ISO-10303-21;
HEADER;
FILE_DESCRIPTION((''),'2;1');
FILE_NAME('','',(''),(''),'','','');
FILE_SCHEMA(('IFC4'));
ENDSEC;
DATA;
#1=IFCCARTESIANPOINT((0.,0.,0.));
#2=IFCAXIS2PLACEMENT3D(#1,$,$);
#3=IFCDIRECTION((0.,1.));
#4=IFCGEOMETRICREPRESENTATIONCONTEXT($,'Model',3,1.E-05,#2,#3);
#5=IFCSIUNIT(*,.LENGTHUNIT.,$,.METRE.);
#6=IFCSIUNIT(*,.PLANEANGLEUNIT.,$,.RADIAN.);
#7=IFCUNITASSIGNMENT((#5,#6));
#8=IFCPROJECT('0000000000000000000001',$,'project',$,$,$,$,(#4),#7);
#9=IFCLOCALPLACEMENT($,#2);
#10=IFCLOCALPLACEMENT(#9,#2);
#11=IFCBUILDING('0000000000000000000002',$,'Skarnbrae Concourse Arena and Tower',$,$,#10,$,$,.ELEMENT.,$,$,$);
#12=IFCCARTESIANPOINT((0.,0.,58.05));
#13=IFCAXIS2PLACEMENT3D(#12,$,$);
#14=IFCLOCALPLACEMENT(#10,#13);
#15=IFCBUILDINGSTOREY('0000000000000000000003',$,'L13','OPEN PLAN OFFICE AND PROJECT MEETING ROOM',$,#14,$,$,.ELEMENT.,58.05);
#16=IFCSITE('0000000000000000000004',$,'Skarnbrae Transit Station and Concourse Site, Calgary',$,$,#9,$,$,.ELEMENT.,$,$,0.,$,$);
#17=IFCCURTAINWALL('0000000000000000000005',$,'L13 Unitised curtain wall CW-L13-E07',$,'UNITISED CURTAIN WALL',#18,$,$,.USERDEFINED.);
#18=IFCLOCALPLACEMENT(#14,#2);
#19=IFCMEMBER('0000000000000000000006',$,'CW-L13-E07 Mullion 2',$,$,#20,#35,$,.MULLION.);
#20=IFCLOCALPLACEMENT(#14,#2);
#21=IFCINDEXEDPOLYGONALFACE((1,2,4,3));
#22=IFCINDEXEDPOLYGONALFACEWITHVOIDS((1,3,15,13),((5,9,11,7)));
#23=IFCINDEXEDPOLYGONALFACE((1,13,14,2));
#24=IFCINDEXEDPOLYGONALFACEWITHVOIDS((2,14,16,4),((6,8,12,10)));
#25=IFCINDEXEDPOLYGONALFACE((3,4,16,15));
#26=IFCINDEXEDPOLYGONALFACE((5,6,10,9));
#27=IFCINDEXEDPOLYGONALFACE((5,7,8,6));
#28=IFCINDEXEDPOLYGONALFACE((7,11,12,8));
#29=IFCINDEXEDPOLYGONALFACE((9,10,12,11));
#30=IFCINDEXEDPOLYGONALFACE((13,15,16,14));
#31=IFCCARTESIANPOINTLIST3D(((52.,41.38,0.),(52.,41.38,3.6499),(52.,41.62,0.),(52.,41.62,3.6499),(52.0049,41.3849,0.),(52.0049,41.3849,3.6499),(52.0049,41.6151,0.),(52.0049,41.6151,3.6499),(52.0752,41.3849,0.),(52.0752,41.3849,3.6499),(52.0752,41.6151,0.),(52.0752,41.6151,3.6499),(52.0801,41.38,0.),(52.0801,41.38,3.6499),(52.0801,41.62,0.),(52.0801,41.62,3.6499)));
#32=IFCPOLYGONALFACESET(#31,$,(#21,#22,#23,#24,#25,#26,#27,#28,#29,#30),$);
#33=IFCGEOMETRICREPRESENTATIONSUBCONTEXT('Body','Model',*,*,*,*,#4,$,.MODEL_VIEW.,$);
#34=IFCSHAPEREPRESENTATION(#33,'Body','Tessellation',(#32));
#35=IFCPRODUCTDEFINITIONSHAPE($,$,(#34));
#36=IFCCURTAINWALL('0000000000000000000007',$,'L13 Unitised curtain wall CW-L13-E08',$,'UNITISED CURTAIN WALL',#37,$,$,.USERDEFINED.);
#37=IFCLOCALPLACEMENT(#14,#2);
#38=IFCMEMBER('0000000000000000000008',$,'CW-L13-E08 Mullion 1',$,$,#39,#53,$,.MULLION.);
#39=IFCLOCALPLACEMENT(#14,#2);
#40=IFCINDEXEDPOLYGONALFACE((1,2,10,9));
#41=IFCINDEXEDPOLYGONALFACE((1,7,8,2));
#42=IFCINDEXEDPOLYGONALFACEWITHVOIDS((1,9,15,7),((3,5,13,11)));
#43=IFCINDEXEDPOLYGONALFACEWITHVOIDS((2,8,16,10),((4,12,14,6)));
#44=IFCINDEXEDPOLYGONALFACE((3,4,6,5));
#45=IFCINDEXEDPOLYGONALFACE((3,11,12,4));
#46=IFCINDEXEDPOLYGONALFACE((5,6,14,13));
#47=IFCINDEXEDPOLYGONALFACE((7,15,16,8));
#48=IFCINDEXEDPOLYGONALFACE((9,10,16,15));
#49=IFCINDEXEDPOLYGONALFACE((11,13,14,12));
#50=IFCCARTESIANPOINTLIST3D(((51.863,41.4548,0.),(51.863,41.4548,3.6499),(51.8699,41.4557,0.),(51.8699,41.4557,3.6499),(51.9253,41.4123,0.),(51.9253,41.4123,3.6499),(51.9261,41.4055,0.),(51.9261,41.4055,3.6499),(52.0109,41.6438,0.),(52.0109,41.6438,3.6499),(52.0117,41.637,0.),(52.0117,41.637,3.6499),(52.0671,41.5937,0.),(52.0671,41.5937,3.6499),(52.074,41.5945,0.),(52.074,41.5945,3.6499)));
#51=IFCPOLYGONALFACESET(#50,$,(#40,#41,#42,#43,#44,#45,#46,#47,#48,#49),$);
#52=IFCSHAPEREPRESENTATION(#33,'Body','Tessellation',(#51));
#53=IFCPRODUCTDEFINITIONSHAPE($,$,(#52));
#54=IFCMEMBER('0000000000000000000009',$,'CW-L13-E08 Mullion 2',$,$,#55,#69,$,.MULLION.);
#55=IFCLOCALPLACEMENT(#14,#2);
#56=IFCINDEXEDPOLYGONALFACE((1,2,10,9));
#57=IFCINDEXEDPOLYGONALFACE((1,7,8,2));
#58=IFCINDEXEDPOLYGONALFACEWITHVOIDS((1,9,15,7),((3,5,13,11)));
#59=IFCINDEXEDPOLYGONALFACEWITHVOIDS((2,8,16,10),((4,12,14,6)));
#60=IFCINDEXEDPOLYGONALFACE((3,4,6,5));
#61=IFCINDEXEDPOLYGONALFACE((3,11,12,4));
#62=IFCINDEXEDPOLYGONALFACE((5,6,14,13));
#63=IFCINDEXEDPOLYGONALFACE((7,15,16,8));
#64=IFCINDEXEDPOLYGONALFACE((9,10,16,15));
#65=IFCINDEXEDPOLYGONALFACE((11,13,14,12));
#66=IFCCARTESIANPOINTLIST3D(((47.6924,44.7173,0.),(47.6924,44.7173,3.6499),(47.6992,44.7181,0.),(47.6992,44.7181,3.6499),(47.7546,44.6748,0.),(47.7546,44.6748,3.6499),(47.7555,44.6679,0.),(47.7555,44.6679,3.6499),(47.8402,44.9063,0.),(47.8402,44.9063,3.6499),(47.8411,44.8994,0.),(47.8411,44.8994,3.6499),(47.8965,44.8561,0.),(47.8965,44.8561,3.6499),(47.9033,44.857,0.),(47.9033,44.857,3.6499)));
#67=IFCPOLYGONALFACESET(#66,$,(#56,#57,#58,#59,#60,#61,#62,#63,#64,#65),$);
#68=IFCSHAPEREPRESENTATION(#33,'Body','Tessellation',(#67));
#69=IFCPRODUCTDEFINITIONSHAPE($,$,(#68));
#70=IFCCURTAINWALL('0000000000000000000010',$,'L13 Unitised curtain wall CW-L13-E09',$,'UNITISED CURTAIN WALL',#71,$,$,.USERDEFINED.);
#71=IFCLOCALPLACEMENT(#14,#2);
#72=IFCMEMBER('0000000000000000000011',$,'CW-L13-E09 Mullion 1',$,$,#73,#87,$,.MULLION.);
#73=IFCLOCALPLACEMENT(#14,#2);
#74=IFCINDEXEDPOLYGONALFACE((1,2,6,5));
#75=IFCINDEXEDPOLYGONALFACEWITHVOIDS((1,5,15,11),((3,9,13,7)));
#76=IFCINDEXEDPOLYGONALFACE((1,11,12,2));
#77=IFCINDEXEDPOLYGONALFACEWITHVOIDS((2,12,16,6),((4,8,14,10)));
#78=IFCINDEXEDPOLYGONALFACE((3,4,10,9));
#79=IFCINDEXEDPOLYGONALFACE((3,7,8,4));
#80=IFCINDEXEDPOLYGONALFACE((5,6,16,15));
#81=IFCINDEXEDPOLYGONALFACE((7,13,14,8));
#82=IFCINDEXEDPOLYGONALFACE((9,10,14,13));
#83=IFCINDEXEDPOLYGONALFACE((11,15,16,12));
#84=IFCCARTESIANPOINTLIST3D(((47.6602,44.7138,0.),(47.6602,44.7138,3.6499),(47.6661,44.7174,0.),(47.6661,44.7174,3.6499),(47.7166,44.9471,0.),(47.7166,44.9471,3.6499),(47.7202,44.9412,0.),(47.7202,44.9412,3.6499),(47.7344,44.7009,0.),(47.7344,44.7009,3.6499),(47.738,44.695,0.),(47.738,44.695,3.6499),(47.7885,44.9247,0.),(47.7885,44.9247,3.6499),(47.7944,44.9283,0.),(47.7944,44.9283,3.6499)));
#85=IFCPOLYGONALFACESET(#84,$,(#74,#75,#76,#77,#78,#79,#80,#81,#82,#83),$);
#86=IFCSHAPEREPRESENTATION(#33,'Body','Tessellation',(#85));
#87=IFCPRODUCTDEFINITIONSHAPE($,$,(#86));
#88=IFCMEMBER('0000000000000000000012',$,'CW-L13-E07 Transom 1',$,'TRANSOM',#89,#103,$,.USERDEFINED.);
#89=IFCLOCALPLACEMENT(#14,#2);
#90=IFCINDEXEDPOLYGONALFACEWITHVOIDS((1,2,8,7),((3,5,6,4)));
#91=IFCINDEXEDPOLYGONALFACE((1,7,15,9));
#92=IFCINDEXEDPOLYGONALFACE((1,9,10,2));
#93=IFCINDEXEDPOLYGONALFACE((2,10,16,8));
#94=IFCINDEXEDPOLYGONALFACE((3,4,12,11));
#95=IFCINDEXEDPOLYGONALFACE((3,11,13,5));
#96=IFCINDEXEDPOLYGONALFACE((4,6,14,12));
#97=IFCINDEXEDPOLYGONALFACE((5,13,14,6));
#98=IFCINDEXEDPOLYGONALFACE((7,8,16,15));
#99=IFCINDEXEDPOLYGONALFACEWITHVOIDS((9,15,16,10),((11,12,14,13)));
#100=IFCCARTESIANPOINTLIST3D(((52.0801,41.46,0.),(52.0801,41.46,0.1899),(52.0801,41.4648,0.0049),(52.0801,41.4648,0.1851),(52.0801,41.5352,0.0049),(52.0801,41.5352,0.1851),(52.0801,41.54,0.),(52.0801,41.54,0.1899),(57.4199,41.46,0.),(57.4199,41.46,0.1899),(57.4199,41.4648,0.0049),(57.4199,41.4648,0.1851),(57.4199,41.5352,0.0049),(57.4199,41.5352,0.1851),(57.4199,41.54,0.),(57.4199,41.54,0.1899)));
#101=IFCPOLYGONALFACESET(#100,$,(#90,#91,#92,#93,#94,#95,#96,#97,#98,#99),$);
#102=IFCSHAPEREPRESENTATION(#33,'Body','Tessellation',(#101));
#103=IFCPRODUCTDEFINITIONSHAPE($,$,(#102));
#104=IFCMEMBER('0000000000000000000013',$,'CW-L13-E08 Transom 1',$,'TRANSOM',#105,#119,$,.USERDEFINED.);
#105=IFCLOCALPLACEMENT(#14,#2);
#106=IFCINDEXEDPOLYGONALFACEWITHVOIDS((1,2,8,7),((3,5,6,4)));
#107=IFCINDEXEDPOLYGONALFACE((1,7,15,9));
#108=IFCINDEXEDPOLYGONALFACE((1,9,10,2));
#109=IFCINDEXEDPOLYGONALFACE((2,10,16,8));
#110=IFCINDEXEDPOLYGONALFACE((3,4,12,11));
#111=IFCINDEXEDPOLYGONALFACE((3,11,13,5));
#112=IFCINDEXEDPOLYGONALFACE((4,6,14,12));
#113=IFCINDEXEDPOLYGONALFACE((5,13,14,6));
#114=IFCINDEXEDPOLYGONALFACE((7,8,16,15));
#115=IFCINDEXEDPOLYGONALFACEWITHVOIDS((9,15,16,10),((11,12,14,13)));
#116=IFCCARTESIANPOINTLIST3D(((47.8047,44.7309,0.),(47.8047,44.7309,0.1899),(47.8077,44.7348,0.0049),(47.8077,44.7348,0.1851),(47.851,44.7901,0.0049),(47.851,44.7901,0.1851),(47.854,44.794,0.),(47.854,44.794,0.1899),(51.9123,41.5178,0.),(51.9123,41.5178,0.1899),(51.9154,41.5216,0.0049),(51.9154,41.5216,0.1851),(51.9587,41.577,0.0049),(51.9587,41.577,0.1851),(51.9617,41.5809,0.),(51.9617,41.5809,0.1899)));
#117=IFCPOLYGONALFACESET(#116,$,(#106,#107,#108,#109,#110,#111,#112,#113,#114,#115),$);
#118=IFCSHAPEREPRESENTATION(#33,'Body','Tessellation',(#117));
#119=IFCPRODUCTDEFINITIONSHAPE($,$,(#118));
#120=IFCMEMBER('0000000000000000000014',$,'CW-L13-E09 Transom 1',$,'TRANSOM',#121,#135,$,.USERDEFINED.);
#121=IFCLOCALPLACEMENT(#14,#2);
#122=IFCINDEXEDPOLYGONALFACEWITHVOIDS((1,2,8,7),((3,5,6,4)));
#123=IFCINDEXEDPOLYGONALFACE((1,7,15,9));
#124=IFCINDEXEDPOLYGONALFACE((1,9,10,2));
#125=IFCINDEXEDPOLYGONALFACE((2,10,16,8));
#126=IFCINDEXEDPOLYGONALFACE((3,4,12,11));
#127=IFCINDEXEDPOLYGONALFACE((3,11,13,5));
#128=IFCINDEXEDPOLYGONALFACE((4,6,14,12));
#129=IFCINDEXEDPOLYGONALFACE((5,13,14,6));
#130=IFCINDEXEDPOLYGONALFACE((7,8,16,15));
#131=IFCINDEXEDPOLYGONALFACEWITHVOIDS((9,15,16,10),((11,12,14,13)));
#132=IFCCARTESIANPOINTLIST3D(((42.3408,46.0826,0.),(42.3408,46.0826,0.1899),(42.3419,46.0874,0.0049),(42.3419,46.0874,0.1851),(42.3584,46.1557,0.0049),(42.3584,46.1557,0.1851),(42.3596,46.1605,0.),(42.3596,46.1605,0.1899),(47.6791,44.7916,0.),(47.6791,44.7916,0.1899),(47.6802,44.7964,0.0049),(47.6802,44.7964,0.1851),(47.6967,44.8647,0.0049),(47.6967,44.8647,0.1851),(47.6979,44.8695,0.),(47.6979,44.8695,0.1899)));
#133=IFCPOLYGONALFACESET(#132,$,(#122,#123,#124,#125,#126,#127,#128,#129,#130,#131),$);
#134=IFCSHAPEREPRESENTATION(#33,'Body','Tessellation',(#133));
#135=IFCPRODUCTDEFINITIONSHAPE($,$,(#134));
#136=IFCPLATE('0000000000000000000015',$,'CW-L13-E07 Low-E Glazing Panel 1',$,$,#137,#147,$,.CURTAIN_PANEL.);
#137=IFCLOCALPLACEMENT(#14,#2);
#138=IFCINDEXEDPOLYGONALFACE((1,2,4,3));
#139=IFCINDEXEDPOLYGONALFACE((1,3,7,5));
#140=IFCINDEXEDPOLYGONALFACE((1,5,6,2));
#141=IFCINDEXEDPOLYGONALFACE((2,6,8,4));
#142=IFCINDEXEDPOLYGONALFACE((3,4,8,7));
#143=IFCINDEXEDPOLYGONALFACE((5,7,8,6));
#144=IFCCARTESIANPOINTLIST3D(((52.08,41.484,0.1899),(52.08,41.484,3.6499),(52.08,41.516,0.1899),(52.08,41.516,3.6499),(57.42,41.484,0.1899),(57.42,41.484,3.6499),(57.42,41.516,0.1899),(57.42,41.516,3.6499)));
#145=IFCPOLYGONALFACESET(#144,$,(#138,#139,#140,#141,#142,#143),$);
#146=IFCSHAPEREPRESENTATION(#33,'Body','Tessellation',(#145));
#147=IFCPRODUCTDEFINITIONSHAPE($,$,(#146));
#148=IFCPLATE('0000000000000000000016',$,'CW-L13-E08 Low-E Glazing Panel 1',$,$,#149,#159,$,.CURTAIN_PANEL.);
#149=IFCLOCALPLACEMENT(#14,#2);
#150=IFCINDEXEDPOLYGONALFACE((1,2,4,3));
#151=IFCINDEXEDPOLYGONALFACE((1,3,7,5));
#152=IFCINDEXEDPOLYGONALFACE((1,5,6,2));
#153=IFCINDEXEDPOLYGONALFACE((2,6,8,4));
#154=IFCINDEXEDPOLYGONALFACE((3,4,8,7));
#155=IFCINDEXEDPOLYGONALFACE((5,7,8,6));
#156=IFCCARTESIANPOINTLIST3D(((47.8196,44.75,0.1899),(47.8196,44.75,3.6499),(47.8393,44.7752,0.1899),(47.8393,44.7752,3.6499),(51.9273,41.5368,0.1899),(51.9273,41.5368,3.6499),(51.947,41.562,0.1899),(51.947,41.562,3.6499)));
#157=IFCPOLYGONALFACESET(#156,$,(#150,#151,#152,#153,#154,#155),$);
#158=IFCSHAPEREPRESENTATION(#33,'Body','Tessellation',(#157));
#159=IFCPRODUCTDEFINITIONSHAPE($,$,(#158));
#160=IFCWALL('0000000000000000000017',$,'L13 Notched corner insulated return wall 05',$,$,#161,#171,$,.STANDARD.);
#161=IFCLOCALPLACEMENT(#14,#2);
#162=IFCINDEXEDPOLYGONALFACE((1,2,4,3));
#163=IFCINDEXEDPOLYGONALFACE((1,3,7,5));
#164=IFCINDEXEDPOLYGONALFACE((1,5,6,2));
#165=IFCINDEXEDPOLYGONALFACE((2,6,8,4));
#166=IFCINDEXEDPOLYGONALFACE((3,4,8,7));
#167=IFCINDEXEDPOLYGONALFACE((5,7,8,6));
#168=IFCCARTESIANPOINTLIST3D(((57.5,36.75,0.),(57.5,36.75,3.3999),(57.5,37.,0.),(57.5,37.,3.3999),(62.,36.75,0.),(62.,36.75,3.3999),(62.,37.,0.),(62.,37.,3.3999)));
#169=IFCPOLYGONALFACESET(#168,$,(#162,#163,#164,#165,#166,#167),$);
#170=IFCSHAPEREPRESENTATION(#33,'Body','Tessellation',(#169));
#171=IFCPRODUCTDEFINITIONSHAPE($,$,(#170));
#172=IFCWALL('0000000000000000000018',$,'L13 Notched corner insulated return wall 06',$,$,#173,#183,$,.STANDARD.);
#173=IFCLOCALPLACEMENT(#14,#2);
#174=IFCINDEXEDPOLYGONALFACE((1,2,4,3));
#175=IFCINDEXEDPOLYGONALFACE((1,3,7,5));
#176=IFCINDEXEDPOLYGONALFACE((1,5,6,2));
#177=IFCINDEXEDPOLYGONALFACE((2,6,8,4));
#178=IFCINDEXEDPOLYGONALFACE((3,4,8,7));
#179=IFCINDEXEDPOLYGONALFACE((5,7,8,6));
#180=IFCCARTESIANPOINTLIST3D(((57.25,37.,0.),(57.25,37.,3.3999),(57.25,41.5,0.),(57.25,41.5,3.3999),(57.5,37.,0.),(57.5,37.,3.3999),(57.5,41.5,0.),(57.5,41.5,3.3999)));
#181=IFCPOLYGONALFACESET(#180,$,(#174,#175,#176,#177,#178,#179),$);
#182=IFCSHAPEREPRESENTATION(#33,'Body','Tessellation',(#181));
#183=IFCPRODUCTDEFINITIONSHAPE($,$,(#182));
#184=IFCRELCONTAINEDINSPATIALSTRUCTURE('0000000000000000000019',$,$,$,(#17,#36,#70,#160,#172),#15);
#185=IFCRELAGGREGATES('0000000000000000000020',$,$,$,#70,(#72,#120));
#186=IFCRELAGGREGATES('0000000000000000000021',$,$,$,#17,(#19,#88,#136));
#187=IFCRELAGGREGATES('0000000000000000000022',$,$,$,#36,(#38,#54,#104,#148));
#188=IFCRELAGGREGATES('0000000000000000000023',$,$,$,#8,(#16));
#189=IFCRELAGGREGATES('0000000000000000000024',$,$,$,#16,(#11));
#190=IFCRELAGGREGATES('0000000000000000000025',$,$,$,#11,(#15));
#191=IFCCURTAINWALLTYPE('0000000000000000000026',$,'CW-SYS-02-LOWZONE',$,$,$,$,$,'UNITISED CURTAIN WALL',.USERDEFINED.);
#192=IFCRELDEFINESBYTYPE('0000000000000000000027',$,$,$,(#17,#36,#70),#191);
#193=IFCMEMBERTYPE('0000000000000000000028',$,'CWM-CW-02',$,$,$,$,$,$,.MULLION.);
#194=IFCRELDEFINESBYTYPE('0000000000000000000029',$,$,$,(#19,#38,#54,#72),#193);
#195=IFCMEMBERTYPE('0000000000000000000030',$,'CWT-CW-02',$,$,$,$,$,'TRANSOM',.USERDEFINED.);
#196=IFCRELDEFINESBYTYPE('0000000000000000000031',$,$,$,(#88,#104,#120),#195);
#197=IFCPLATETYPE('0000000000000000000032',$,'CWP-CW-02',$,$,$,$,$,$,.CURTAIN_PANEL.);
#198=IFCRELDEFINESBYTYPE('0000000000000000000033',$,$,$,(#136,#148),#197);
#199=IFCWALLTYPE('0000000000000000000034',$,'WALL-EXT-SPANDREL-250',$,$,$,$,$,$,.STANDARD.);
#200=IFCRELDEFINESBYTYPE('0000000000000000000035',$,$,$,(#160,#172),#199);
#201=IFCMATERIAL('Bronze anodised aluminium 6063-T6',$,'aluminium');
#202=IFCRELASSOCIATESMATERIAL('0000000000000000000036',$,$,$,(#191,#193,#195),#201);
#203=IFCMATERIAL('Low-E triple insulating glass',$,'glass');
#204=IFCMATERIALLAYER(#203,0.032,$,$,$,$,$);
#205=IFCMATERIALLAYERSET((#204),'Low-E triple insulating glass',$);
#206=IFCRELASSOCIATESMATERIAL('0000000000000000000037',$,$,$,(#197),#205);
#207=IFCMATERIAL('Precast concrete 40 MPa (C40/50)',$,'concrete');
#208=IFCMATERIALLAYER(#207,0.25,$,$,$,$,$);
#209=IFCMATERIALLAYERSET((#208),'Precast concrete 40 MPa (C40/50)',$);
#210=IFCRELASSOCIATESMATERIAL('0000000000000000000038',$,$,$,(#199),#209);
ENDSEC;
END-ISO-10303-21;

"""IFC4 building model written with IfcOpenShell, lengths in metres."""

from ifc_helpers import new_model, si_unit, direction, frame, frame_2d, origin, origin_2d, place, context, subcontext, project, spatial, rectangle, hollow_rectangle, extrude, source, transform, mapped, material, layer, layer_set, material_profile, profile_set, type_object, element, aggregate, save


model = new_model("IFC4")

# Units and contexts
model_context = context("Model", 3, precision=1e-05, world=origin(), true_north=direction((0.0, 1.0)))
body_context = subcontext(model_context, "Body", "Model", "MODEL_VIEW")
ifc_project = project(units=[si_unit("LENGTHUNIT", "METRE"), si_unit("PLANEANGLEUNIT", "RADIAN")], contexts=[model_context])

# Site, building, storey
site_placement = place(None, origin())
site = spatial("IfcSite", under=ifc_project, at=site_placement, Name="Skarnbrae Transit Station and Concourse Site, Calgary", CompositionType="ELEMENT", RefElevation=0.0)
building_placement = place(site_placement, origin())
building = spatial("IfcBuilding", under=site, at=building_placement, Name="Skarnbrae Concourse Arena and Tower", CompositionType="ELEMENT")
storey_placement = place(building_placement, frame((0.0, 0.0, 58.05)))
storey = spatial("IfcBuildingStorey", under=building, at=storey_placement, Name="L13", Description="OPEN PLAN OFFICE AND PROJECT MEETING ROOM", CompositionType="ELEMENT", Elevation=58.05)

# Shared definitions
ifc_material_1 = material(Name="Bronze anodised aluminium 6063-T6", Category="aluminium")
curtain_wall_type = type_object("IfcCurtainWallType", Name="CW-SYS-02-LOWZONE", ElementType="UNITISED CURTAIN WALL", PredefinedType="USERDEFINED", material=ifc_material_1)
ifc_material_profile_1 = material_profile(ifc_material_1, hollow_rectangle(XDim=0.0801, YDim=0.24, WallThickness=0.0049, at=origin_2d()), Name="ALU-MULL-80X240")
ifc_profile_set_1 = profile_set([ifc_material_profile_1], Name="Bronze anodised aluminium 6063-T6")
member_type_1 = type_object("IfcMemberType", Name="CWM-CW-02", PredefinedType="MULLION", material=ifc_profile_set_1)
shared_shape_1 = source(origin(), body_context, "Body", "SweptSolid", [
    extrude(hollow_rectangle(XDim=0.0801, YDim=0.24, WallThickness=0.0049, at=origin_2d()), origin(), (0.0, 0.0, 1.0), 3.6499),
])

# Curtain walls, members
curtain_wall_1_placement = place(storey_placement, origin())
curtain_wall_1 = element("IfcCurtainWall", 1, at=curtain_wall_1_placement, inside=storey, type_object=curtain_wall_type, Name="L13 Unitised curtain wall CW-L13-E07", ObjectType="UNITISED CURTAIN WALL", PredefinedType="USERDEFINED")
member_1_placement = place(storey_placement, frame((52.04, 41.5, 0.0), z_axis=(0.0, 0.0, 1.0), x_axis=(-1.0, 0.0, 0.0)))
member_1 = element("IfcMember", 2, at=member_1_placement, type_object=member_type_1, Name="CW-L13-E07 Mullion 2", PredefinedType="MULLION", context=body_context, shape_type="MappedRepresentation", body=[
    mapped(shared_shape_1, transform((0.0, 0.0, 0.0))),
])
curtain_wall_2_placement = place(storey_placement, origin())
curtain_wall_2 = element("IfcCurtainWall", 3, at=curtain_wall_2_placement, inside=storey, type_object=curtain_wall_type, Name="L13 Unitised curtain wall CW-L13-E08", ObjectType="UNITISED CURTAIN WALL", PredefinedType="USERDEFINED")
member_2_placement = place(storey_placement, frame((51.9685, 41.5247, 0.0), z_axis=(0.0, 0.0, 1.0), x_axis=(-0.787652, 0.616121, 0.0)))
member_2 = element("IfcMember", 4, at=member_2_placement, type_object=member_type_1, Name="CW-L13-E08 Mullion 1", PredefinedType="MULLION", context=body_context, shape_type="MappedRepresentation", body=[
    mapped(shared_shape_1, transform((0.0, 0.0, 0.0))),
])
member_3_placement = place(storey_placement, frame((47.7979, 44.7871, 0.0), z_axis=(0.0, 0.0, 1.0), x_axis=(-0.787652, 0.616121, 0.0)))
member_3 = element("IfcMember", 5, at=member_3_placement, type_object=member_type_1, Name="CW-L13-E08 Mullion 2", PredefinedType="MULLION", context=body_context, shape_type="MappedRepresentation", body=[
    mapped(shared_shape_1, transform((0.0, 0.0, 0.0))),
])

# Curtain wall, member
curtain_wall_3_placement = place(storey_placement, origin())
curtain_wall_3 = element("IfcCurtainWall", 6, at=curtain_wall_3_placement, inside=storey, type_object=curtain_wall_type, Name="L13 Unitised curtain wall CW-L13-E09", ObjectType="UNITISED CURTAIN WALL", PredefinedType="USERDEFINED")
member_4_placement = place(storey_placement, frame((47.7273, 44.821, 0.0), z_axis=(0.0, 0.0, 1.0), x_axis=(-0.971974, 0.23509, 0.0)))
member_4 = element("IfcMember", 7, at=member_4_placement, type_object=member_type_1, Name="CW-L13-E09 Mullion 1", PredefinedType="MULLION", context=body_context, shape_type="MappedRepresentation", body=[
    mapped(shared_shape_1, transform((0.0, 0.0, 0.0))),
])

# Members
ifc_material_profile_2 = material_profile(ifc_material_1, hollow_rectangle(XDim=0.0801, YDim=0.1899, WallThickness=0.0049, at=origin_2d()), Name="ALU-TRAN-80X190")
ifc_profile_set_2 = profile_set([ifc_material_profile_2], Name="Bronze anodised aluminium 6063-T6")
member_type_2 = type_object("IfcMemberType", Name="CWT-CW-02", ElementType="TRANSOM", PredefinedType="USERDEFINED", material=ifc_profile_set_2)
shared_shape_2 = source(origin(), body_context, "Body", "SweptSolid", [
    extrude(hollow_rectangle(XDim=0.0801, YDim=0.1899, WallThickness=0.0049, at=origin_2d()), origin(), (0.0, 0.0, 1.0), 5.3398),
])
member_5_placement = place(storey_placement, frame((57.4199, 41.5, 0.095), z_axis=(-1.0, 0.0, 0.0), x_axis=(0.0, -1.0, 0.0)))
member_5 = element("IfcMember", 8, at=member_5_placement, type_object=member_type_2, Name="CW-L13-E07 Transom 1", ObjectType="TRANSOM", PredefinedType="USERDEFINED", context=body_context, shape_type="MappedRepresentation", body=[
    mapped(shared_shape_2, transform((0.0, 0.0, 0.0))),
])
shared_shape_3 = source(origin(), body_context, "Body", "SweptSolid", [
    extrude(hollow_rectangle(XDim=0.0801, YDim=0.1899, WallThickness=0.0049, at=origin_2d()), origin(), (0.0, 0.0, 1.0), 5.2151),
])
member_6_placement = place(storey_placement, frame((51.937, 41.5493, 0.095), z_axis=(-0.78765, 0.616123, 0.0), x_axis=(-0.616123, -0.78765, 0.0)))
member_6 = element("IfcMember", 9, at=member_6_placement, type_object=member_type_2, Name="CW-L13-E08 Transom 1", ObjectType="TRANSOM", PredefinedType="USERDEFINED", context=body_context, shape_type="MappedRepresentation", body=[
    mapped(shared_shape_3, transform((0.0, 0.0, 0.0))),
])
shared_shape_4 = source(origin(), body_context, "Body", "SweptSolid", [
    extrude(hollow_rectangle(XDim=0.0801, YDim=0.1899, WallThickness=0.0049, at=origin_2d()), origin(), (0.0, 0.0, 1.0), 5.4922),
])
member_7_placement = place(storey_placement, frame((47.6885, 44.8306, 0.095), z_axis=(-0.971981, 0.235061, 0.0), x_axis=(-0.235061, -0.971981, 0.0)))
member_7 = element("IfcMember", 10, at=member_7_placement, type_object=member_type_2, Name="CW-L13-E09 Transom 1", ObjectType="TRANSOM", PredefinedType="USERDEFINED", context=body_context, shape_type="MappedRepresentation", body=[
    mapped(shared_shape_4, transform((0.0, 0.0, 0.0))),
])
aggregate(curtain_wall_3, [member_4, member_7])

# Plates
ifc_material_2 = material(Name="Low-E triple insulating glass", Category="glass")
ifc_layer_1 = layer(ifc_material_2, 0.032)
ifc_layer_set_1 = layer_set([ifc_layer_1], Name="Low-E triple insulating glass")
plate_type = type_object("IfcPlateType", Name="CWP-CW-02", PredefinedType="CURTAIN_PANEL", material=ifc_layer_set_1)
shared_shape_5 = source(origin(), body_context, "Body", "SweptSolid", [
    extrude(rectangle(XDim=5.3401, YDim=0.032, at=origin_2d()), origin(), (0.0, 0.0, 1.0), 3.46),
])
plate_1_placement = place(storey_placement, frame((54.75, 41.5, 0.1899), z_axis=(0.0, 0.0, 1.0), x_axis=(-1.0, 0.0, 0.0)))
plate_1 = element("IfcPlate", 11, at=plate_1_placement, type_object=plate_type, Name="CW-L13-E07 Low-E Glazing Panel 1", PredefinedType="CURTAIN_PANEL", context=body_context, shape_type="MappedRepresentation", body=[
    mapped(shared_shape_5, transform((0.0, 0.0, 0.0))),
])
aggregate(curtain_wall_1, [member_1, member_5, plate_1])
shared_shape_6 = source(origin(), body_context, "Body", "SweptSolid", [
    extrude(rectangle(XDim=5.2151, YDim=0.032, at=origin_2d()), origin(), (0.0, 0.0, 1.0), 3.46),
])
plate_2_placement = place(storey_placement, frame((49.8833, 43.156, 0.1899), z_axis=(0.0, 0.0, 1.0), x_axis=(-0.787652, 0.616121, 0.0)))
plate_2 = element("IfcPlate", 12, at=plate_2_placement, type_object=plate_type, Name="CW-L13-E08 Low-E Glazing Panel 1", PredefinedType="CURTAIN_PANEL", context=body_context, shape_type="MappedRepresentation", body=[
    mapped(shared_shape_6, transform((0.0, 0.0, 0.0))),
])
aggregate(curtain_wall_2, [member_2, member_3, member_6, plate_2])

# Walls
ifc_material_3 = material(Name="Precast concrete 40 MPa (C40/50)", Category="concrete")
ifc_layer_2 = layer(ifc_material_3, 0.25)
ifc_layer_set_2 = layer_set([ifc_layer_2], Name="Precast concrete 40 MPa (C40/50)")
wall_type_1 = type_object("IfcWallType", Name="WALL-EXT-SPANDREL-250", PredefinedType="STANDARD", material=ifc_layer_set_2)
shared_shape_7 = source(origin(), body_context, "Body", "SweptSolid", [
    extrude(rectangle(XDim=4.5, YDim=0.25, at=frame_2d((2.25, 0.0))), origin(), (0.0, 0.0, 1.0), 3.3999),
])
for number, where, z_axis, x_axis, name in (
    (13, (62.0, 36.875, 0.0), (0.0, 0.0, 1.0), (-1.0, 0.0, 0.0), "L13 Notched corner insulated return wall 05"),
    (14, (57.375, 37.0, 0.0), (0.0, 0.0, 1.0), (0.0, 1.0, 0.0), "L13 Notched corner insulated return wall 06"),
):
    element("IfcWall", number, at=place(storey_placement, frame(where, z_axis=z_axis, x_axis=x_axis)), inside=storey, type_object=wall_type_1, Name=name, PredefinedType="STANDARD", context=body_context, shape_type="MappedRepresentation", body=[
        mapped(shared_shape_7, transform((0.0, 0.0, 0.0))),
    ])

save(model, "model.ifc")
